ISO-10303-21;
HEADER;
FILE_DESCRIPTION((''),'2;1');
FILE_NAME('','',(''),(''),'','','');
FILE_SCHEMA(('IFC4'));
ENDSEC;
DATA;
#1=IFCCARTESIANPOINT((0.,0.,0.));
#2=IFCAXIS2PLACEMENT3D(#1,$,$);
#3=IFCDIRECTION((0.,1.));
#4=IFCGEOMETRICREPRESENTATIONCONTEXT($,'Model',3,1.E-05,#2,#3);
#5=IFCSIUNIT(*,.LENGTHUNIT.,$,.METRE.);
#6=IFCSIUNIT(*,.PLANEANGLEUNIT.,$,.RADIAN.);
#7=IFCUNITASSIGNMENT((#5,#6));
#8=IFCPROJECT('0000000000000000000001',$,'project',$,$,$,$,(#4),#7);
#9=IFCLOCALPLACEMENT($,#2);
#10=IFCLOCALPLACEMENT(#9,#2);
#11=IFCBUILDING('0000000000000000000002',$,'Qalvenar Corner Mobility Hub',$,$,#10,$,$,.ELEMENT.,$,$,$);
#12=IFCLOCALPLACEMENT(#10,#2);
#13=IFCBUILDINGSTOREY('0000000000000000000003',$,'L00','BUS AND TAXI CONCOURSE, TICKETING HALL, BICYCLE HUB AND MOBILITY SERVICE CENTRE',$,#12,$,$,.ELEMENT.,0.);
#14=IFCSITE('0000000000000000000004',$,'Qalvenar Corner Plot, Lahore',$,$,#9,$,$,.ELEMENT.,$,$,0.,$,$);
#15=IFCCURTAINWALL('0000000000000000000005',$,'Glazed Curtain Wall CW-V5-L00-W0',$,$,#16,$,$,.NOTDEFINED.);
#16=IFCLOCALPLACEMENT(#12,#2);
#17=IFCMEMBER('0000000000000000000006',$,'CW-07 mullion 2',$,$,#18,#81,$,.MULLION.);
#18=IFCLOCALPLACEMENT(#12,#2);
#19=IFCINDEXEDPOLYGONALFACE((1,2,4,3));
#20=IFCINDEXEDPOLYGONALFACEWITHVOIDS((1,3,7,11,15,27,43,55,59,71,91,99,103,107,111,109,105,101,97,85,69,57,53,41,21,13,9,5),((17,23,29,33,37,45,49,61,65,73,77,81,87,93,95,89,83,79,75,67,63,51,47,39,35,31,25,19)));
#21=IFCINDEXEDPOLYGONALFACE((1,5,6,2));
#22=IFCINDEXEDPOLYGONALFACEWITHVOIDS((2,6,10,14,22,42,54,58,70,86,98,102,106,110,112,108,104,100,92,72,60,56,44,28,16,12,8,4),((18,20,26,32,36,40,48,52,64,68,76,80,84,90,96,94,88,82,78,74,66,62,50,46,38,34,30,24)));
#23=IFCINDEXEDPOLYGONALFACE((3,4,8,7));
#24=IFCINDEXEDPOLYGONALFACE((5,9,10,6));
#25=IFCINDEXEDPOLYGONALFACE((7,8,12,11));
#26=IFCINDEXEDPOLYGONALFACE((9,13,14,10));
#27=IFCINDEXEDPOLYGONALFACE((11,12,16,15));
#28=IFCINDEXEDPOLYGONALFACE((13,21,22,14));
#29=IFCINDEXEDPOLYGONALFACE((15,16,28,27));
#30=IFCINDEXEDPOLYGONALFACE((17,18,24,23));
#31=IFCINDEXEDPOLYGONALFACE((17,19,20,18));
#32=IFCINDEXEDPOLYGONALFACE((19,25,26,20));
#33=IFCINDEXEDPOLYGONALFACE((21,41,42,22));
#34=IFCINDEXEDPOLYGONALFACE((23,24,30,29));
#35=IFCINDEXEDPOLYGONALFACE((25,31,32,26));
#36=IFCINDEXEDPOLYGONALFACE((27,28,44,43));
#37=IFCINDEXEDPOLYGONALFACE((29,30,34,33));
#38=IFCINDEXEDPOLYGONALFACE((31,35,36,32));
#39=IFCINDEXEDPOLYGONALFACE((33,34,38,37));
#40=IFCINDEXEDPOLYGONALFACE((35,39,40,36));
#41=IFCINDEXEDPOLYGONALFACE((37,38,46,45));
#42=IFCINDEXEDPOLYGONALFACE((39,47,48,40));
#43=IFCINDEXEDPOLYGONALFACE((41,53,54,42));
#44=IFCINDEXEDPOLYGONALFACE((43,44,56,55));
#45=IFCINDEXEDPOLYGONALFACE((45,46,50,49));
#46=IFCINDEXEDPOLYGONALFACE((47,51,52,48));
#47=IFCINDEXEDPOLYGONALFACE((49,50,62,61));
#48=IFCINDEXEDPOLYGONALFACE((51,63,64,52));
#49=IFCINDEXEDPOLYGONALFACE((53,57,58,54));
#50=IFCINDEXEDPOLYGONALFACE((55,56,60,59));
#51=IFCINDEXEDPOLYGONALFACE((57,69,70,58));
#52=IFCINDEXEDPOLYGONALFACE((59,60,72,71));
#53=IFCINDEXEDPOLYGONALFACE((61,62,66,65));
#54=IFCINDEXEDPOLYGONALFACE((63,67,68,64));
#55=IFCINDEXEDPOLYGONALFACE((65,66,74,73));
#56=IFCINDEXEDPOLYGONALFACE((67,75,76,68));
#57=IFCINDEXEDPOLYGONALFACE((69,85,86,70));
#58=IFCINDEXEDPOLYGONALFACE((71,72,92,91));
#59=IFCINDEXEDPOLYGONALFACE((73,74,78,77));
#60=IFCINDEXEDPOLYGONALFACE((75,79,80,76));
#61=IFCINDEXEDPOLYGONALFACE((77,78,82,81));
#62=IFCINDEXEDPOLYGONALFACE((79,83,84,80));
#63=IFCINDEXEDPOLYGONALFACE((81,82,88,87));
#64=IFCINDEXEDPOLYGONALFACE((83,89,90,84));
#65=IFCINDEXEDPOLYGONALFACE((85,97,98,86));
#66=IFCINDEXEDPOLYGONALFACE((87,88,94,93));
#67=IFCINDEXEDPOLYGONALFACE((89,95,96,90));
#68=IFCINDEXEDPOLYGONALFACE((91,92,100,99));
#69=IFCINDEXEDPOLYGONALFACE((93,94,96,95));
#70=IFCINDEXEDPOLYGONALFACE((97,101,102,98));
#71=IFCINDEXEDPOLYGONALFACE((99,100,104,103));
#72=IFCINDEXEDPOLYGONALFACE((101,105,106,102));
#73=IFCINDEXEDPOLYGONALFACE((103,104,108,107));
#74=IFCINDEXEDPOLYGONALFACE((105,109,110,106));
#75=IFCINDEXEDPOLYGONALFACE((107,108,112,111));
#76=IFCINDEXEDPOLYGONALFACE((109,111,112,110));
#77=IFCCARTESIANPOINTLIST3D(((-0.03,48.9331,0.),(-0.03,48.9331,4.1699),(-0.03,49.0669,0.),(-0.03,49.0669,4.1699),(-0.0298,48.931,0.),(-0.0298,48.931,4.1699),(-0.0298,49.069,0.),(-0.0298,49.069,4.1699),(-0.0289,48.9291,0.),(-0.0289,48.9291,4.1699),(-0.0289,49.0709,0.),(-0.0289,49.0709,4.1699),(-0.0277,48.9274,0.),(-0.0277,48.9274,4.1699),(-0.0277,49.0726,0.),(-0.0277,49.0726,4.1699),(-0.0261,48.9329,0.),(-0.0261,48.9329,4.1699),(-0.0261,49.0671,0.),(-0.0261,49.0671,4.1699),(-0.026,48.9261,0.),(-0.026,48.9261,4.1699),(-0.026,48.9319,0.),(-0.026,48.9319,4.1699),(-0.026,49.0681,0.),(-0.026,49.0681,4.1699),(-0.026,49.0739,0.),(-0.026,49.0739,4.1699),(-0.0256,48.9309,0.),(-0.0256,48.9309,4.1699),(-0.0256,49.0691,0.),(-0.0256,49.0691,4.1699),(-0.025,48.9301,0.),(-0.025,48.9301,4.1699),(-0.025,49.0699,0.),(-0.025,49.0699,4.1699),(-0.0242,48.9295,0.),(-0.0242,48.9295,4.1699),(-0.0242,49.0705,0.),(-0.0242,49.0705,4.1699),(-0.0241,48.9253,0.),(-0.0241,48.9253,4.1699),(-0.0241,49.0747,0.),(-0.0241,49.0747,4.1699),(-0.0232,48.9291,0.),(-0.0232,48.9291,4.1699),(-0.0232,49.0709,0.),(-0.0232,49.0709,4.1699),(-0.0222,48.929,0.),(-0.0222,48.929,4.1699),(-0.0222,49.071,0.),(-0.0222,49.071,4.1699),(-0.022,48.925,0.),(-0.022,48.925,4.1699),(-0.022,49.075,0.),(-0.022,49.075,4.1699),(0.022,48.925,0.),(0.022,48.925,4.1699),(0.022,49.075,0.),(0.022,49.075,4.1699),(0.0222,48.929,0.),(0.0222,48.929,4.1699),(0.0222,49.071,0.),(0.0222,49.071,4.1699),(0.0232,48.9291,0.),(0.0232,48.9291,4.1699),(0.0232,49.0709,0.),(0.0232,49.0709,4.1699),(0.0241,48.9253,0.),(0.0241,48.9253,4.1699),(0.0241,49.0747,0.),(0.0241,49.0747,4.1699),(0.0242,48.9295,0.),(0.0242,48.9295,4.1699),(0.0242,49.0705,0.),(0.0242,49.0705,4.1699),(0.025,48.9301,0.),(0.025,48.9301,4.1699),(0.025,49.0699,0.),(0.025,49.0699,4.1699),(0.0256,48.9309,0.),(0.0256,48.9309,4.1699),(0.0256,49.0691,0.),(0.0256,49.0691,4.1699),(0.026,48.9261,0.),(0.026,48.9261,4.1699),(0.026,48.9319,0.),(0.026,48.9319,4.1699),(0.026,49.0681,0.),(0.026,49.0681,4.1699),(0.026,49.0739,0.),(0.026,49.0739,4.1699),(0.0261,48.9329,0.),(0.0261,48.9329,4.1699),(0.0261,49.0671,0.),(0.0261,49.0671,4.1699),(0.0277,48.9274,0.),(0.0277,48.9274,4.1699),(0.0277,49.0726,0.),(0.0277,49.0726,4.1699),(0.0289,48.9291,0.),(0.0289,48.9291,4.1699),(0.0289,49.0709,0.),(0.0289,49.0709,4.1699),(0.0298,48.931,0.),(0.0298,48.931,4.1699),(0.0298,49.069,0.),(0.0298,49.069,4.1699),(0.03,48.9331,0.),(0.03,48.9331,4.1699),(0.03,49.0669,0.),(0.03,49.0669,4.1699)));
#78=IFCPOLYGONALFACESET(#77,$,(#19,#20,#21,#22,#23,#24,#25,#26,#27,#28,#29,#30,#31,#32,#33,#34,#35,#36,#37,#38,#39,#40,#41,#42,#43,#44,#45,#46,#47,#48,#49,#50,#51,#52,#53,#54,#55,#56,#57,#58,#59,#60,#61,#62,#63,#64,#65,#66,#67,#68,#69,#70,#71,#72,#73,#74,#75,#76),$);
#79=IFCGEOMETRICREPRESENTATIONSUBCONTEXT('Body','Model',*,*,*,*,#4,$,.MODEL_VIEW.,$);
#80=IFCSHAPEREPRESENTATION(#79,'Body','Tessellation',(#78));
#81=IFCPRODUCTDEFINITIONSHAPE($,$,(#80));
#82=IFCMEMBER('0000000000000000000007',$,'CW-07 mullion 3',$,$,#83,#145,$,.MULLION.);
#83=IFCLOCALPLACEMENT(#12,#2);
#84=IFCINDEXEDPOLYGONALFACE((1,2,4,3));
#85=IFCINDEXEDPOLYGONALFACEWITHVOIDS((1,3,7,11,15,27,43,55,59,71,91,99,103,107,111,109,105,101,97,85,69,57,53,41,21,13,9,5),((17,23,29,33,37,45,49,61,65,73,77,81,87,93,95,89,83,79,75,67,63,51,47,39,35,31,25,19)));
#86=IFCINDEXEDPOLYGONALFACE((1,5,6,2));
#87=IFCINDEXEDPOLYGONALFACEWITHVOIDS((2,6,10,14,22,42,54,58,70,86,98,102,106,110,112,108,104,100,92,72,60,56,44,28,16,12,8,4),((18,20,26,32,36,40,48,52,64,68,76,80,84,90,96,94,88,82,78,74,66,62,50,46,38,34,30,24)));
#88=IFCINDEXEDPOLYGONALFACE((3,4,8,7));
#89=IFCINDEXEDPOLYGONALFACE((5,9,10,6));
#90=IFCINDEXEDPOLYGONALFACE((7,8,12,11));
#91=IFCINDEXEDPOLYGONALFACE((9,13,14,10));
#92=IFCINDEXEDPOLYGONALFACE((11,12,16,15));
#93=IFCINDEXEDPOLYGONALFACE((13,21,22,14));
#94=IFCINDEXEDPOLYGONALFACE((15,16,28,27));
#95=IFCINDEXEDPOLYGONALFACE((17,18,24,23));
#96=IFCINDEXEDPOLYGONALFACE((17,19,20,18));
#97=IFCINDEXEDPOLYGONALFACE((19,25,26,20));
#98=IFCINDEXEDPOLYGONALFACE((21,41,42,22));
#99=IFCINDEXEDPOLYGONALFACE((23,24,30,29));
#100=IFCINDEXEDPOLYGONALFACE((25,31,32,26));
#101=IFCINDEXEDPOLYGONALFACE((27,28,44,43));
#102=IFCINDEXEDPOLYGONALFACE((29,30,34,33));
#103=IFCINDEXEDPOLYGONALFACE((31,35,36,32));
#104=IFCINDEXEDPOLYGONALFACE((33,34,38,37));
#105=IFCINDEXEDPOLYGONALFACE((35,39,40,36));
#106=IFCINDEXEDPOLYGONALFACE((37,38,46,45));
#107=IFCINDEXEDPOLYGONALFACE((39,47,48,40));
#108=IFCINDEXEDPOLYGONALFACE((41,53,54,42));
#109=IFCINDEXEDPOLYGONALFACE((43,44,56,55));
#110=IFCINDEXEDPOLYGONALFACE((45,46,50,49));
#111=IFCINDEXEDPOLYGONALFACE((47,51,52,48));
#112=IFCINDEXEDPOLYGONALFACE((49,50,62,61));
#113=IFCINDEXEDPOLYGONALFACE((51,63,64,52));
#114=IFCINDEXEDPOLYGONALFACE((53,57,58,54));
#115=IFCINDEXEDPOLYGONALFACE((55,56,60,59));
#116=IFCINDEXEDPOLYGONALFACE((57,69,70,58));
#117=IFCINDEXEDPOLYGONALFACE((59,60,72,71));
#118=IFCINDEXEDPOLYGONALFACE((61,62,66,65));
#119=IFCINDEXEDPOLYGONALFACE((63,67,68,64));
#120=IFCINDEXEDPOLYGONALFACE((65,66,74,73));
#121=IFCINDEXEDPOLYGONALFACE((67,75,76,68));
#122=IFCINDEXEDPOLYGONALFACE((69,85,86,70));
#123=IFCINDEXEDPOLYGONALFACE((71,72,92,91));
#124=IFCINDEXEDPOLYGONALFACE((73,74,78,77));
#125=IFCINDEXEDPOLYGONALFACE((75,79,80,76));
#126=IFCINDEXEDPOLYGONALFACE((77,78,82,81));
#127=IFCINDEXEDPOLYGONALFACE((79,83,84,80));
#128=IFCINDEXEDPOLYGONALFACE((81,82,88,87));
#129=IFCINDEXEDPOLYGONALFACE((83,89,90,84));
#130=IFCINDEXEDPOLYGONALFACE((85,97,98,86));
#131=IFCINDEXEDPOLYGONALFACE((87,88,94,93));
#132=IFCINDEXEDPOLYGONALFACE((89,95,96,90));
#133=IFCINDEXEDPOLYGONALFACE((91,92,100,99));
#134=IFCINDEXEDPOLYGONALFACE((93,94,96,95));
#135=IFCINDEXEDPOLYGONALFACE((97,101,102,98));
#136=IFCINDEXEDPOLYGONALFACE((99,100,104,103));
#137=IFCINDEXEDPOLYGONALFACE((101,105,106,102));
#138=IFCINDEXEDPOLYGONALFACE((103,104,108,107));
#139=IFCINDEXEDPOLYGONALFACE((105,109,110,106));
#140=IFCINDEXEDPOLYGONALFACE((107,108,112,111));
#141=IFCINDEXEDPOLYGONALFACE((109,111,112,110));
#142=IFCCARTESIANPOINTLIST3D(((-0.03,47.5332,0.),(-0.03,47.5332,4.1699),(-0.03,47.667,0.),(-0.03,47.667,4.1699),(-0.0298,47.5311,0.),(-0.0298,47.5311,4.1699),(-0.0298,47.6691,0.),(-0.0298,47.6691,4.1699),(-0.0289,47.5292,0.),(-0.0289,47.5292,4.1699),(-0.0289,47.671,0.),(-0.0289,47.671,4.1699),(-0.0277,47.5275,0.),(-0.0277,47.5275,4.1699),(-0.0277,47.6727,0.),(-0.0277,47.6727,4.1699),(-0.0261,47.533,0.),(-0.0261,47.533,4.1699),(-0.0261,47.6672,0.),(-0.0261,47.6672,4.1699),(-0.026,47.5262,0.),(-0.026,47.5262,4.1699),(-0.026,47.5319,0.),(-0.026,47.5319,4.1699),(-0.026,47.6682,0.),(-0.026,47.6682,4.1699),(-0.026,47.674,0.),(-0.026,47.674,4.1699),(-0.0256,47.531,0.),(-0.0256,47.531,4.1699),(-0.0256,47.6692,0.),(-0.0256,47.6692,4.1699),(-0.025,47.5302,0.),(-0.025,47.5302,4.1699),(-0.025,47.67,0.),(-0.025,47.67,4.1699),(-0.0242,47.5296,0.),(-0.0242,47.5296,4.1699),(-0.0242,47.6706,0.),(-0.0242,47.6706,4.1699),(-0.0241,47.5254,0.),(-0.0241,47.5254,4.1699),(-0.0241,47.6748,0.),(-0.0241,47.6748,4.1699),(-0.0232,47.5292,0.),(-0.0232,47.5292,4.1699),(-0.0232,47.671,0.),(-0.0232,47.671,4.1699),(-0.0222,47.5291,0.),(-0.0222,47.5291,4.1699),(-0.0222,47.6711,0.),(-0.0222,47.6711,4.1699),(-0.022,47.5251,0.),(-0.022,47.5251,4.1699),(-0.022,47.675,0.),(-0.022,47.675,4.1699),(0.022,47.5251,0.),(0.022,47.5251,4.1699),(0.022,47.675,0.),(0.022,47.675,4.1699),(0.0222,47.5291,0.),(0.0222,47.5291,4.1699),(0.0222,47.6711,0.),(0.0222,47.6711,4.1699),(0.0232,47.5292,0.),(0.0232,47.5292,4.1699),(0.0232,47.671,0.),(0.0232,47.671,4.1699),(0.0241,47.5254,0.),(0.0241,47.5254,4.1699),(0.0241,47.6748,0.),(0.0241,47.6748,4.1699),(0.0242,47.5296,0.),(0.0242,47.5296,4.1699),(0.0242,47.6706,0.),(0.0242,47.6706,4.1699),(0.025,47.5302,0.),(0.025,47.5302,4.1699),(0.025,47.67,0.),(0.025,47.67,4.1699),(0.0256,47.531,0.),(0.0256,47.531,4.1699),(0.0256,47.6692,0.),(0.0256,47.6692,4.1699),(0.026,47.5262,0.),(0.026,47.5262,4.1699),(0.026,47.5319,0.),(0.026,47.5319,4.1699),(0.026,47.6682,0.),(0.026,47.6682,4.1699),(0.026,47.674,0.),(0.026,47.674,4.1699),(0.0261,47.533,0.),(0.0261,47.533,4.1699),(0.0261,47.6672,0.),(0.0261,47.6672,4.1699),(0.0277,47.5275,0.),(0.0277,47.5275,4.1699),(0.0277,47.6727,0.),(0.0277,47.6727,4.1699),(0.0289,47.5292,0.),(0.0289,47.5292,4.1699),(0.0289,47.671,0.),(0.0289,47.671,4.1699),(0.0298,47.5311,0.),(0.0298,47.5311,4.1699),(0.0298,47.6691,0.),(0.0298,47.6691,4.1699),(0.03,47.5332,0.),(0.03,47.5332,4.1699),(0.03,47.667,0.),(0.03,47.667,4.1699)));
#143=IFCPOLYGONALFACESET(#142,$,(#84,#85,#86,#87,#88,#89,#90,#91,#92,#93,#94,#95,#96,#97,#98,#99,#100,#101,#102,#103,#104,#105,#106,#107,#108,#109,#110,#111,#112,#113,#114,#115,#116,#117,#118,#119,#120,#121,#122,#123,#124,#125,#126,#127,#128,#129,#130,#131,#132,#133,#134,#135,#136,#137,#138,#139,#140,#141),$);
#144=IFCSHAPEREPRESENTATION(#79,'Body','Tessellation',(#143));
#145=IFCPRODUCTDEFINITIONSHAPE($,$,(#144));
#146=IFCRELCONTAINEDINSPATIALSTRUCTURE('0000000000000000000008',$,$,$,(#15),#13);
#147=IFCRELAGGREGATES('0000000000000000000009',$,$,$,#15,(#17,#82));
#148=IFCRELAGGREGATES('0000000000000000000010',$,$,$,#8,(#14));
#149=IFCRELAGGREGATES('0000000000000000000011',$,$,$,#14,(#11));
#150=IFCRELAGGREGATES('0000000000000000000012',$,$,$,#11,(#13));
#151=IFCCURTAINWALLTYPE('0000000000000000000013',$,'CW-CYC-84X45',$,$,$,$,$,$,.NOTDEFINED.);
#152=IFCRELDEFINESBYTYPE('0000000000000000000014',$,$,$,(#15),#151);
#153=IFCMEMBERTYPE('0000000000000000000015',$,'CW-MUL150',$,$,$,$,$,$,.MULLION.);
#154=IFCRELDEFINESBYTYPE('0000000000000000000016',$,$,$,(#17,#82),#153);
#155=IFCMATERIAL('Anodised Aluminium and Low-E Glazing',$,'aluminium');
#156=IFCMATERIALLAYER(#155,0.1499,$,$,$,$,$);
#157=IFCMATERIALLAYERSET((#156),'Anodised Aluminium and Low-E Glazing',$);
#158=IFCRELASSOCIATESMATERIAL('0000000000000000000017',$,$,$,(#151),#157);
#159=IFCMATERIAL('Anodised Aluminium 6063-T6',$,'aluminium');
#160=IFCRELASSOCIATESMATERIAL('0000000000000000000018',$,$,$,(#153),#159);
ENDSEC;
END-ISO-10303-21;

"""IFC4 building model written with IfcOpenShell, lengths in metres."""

from ifc_helpers import new_model, si_unit, direction, frame, origin, origin_2d, place, context, subcontext, project, spatial, hollow_rectangle, extrude, material, layer, layer_set, material_profile, profile_set, type_object, element, aggregate, save


model = new_model("IFC4")

# Units and contexts
model_context = context("Model", 3, precision=1e-05, world=origin(), true_north=direction((0.0, 1.0)))
body_context = subcontext(model_context, "Body", "Model", "MODEL_VIEW")
ifc_project = project(units=[si_unit("LENGTHUNIT", "METRE"), si_unit("PLANEANGLEUNIT", "RADIAN")], contexts=[model_context])

# Site, building, storey
site_placement = place(None, origin())
site = spatial("IfcSite", under=ifc_project, at=site_placement, Name="Qalvenar Corner Plot, Lahore", CompositionType="ELEMENT", RefElevation=0.0)
building_placement = place(site_placement, origin())
building = spatial("IfcBuilding", under=site, at=building_placement, Name="Qalvenar Corner Mobility Hub", CompositionType="ELEMENT")
storey_placement = place(building_placement, origin())
storey = spatial("IfcBuildingStorey", under=building, at=storey_placement, Name="L00", Description="BUS AND TAXI CONCOURSE, TICKETING HALL, BICYCLE HUB AND MOBILITY SERVICE CENTRE", CompositionType="ELEMENT", Elevation=0.0)

# Curtain wall, members
ifc_material_1 = material(Name="Anodised Aluminium and Low-E Glazing", Category="aluminium")
ifc_layer_1 = layer(ifc_material_1, 0.1499)
ifc_layer_set_1 = layer_set([ifc_layer_1], Name="Anodised Aluminium and Low-E Glazing")
curtain_wall_type = type_object("IfcCurtainWallType", Name="CW-CYC-84X45", PredefinedType="NOTDEFINED", material=ifc_layer_set_1)
curtain_wall_1_placement = place(storey_placement, origin())
curtain_wall_1 = element("IfcCurtainWall", 1, at=curtain_wall_1_placement, inside=storey, type_object=curtain_wall_type, Name="Glazed Curtain Wall CW-V5-L00-W0", PredefinedType="NOTDEFINED")
ifc_material_2 = material(Name="Anodised Aluminium 6063-T6", Category="aluminium")
ifc_material_profile_1 = material_profile(ifc_material_2, hollow_rectangle(XDim=0.0601, YDim=0.1499, WallThickness=0.0039, InnerFilletRadius=0.0039, OuterFilletRadius=0.0081, at=origin_2d()), Name="RHS150x60x4")
ifc_profile_set_1 = profile_set([ifc_material_profile_1], Name="Anodised Aluminium 6063-T6")
member_type_1 = type_object("IfcMemberType", Name="CW-MUL150", PredefinedType="MULLION", material=ifc_profile_set_1)
member_1_placement = place(storey_placement, frame((0.0, 49.0, 0.0), z_axis=(0.0, 0.0, 1.0), x_axis=(1.0, 0.0, 0.0)))
member_1 = element("IfcMember", 2, at=member_1_placement, type_object=member_type_1, Name="CW-07 mullion 2", PredefinedType="MULLION", context=body_context, shape_type="SweptSolid", body=[
    extrude(hollow_rectangle(XDim=0.0601, YDim=0.1499, WallThickness=0.0039, InnerFilletRadius=0.0039, OuterFilletRadius=0.0081, at=origin_2d()), origin(), (0.0, 0.0, 1.0), 4.1699),
])
member_2_placement = place(storey_placement, frame((0.0, 47.6001, 0.0), z_axis=(0.0, 0.0, 1.0), x_axis=(1.0, 0.0, 0.0)))
member_2 = element("IfcMember", 3, at=member_2_placement, type_object=member_type_1, Name="CW-07 mullion 3", PredefinedType="MULLION", context=body_context, shape_type="SweptSolid", body=[
    extrude(hollow_rectangle(XDim=0.0601, YDim=0.1499, WallThickness=0.0039, InnerFilletRadius=0.0039, OuterFilletRadius=0.0081, at=origin_2d()), origin(), (0.0, 0.0, 1.0), 4.1699),
])

aggregate(curtain_wall_1, [member_1, member_2])

save(model, "model.ifc")
